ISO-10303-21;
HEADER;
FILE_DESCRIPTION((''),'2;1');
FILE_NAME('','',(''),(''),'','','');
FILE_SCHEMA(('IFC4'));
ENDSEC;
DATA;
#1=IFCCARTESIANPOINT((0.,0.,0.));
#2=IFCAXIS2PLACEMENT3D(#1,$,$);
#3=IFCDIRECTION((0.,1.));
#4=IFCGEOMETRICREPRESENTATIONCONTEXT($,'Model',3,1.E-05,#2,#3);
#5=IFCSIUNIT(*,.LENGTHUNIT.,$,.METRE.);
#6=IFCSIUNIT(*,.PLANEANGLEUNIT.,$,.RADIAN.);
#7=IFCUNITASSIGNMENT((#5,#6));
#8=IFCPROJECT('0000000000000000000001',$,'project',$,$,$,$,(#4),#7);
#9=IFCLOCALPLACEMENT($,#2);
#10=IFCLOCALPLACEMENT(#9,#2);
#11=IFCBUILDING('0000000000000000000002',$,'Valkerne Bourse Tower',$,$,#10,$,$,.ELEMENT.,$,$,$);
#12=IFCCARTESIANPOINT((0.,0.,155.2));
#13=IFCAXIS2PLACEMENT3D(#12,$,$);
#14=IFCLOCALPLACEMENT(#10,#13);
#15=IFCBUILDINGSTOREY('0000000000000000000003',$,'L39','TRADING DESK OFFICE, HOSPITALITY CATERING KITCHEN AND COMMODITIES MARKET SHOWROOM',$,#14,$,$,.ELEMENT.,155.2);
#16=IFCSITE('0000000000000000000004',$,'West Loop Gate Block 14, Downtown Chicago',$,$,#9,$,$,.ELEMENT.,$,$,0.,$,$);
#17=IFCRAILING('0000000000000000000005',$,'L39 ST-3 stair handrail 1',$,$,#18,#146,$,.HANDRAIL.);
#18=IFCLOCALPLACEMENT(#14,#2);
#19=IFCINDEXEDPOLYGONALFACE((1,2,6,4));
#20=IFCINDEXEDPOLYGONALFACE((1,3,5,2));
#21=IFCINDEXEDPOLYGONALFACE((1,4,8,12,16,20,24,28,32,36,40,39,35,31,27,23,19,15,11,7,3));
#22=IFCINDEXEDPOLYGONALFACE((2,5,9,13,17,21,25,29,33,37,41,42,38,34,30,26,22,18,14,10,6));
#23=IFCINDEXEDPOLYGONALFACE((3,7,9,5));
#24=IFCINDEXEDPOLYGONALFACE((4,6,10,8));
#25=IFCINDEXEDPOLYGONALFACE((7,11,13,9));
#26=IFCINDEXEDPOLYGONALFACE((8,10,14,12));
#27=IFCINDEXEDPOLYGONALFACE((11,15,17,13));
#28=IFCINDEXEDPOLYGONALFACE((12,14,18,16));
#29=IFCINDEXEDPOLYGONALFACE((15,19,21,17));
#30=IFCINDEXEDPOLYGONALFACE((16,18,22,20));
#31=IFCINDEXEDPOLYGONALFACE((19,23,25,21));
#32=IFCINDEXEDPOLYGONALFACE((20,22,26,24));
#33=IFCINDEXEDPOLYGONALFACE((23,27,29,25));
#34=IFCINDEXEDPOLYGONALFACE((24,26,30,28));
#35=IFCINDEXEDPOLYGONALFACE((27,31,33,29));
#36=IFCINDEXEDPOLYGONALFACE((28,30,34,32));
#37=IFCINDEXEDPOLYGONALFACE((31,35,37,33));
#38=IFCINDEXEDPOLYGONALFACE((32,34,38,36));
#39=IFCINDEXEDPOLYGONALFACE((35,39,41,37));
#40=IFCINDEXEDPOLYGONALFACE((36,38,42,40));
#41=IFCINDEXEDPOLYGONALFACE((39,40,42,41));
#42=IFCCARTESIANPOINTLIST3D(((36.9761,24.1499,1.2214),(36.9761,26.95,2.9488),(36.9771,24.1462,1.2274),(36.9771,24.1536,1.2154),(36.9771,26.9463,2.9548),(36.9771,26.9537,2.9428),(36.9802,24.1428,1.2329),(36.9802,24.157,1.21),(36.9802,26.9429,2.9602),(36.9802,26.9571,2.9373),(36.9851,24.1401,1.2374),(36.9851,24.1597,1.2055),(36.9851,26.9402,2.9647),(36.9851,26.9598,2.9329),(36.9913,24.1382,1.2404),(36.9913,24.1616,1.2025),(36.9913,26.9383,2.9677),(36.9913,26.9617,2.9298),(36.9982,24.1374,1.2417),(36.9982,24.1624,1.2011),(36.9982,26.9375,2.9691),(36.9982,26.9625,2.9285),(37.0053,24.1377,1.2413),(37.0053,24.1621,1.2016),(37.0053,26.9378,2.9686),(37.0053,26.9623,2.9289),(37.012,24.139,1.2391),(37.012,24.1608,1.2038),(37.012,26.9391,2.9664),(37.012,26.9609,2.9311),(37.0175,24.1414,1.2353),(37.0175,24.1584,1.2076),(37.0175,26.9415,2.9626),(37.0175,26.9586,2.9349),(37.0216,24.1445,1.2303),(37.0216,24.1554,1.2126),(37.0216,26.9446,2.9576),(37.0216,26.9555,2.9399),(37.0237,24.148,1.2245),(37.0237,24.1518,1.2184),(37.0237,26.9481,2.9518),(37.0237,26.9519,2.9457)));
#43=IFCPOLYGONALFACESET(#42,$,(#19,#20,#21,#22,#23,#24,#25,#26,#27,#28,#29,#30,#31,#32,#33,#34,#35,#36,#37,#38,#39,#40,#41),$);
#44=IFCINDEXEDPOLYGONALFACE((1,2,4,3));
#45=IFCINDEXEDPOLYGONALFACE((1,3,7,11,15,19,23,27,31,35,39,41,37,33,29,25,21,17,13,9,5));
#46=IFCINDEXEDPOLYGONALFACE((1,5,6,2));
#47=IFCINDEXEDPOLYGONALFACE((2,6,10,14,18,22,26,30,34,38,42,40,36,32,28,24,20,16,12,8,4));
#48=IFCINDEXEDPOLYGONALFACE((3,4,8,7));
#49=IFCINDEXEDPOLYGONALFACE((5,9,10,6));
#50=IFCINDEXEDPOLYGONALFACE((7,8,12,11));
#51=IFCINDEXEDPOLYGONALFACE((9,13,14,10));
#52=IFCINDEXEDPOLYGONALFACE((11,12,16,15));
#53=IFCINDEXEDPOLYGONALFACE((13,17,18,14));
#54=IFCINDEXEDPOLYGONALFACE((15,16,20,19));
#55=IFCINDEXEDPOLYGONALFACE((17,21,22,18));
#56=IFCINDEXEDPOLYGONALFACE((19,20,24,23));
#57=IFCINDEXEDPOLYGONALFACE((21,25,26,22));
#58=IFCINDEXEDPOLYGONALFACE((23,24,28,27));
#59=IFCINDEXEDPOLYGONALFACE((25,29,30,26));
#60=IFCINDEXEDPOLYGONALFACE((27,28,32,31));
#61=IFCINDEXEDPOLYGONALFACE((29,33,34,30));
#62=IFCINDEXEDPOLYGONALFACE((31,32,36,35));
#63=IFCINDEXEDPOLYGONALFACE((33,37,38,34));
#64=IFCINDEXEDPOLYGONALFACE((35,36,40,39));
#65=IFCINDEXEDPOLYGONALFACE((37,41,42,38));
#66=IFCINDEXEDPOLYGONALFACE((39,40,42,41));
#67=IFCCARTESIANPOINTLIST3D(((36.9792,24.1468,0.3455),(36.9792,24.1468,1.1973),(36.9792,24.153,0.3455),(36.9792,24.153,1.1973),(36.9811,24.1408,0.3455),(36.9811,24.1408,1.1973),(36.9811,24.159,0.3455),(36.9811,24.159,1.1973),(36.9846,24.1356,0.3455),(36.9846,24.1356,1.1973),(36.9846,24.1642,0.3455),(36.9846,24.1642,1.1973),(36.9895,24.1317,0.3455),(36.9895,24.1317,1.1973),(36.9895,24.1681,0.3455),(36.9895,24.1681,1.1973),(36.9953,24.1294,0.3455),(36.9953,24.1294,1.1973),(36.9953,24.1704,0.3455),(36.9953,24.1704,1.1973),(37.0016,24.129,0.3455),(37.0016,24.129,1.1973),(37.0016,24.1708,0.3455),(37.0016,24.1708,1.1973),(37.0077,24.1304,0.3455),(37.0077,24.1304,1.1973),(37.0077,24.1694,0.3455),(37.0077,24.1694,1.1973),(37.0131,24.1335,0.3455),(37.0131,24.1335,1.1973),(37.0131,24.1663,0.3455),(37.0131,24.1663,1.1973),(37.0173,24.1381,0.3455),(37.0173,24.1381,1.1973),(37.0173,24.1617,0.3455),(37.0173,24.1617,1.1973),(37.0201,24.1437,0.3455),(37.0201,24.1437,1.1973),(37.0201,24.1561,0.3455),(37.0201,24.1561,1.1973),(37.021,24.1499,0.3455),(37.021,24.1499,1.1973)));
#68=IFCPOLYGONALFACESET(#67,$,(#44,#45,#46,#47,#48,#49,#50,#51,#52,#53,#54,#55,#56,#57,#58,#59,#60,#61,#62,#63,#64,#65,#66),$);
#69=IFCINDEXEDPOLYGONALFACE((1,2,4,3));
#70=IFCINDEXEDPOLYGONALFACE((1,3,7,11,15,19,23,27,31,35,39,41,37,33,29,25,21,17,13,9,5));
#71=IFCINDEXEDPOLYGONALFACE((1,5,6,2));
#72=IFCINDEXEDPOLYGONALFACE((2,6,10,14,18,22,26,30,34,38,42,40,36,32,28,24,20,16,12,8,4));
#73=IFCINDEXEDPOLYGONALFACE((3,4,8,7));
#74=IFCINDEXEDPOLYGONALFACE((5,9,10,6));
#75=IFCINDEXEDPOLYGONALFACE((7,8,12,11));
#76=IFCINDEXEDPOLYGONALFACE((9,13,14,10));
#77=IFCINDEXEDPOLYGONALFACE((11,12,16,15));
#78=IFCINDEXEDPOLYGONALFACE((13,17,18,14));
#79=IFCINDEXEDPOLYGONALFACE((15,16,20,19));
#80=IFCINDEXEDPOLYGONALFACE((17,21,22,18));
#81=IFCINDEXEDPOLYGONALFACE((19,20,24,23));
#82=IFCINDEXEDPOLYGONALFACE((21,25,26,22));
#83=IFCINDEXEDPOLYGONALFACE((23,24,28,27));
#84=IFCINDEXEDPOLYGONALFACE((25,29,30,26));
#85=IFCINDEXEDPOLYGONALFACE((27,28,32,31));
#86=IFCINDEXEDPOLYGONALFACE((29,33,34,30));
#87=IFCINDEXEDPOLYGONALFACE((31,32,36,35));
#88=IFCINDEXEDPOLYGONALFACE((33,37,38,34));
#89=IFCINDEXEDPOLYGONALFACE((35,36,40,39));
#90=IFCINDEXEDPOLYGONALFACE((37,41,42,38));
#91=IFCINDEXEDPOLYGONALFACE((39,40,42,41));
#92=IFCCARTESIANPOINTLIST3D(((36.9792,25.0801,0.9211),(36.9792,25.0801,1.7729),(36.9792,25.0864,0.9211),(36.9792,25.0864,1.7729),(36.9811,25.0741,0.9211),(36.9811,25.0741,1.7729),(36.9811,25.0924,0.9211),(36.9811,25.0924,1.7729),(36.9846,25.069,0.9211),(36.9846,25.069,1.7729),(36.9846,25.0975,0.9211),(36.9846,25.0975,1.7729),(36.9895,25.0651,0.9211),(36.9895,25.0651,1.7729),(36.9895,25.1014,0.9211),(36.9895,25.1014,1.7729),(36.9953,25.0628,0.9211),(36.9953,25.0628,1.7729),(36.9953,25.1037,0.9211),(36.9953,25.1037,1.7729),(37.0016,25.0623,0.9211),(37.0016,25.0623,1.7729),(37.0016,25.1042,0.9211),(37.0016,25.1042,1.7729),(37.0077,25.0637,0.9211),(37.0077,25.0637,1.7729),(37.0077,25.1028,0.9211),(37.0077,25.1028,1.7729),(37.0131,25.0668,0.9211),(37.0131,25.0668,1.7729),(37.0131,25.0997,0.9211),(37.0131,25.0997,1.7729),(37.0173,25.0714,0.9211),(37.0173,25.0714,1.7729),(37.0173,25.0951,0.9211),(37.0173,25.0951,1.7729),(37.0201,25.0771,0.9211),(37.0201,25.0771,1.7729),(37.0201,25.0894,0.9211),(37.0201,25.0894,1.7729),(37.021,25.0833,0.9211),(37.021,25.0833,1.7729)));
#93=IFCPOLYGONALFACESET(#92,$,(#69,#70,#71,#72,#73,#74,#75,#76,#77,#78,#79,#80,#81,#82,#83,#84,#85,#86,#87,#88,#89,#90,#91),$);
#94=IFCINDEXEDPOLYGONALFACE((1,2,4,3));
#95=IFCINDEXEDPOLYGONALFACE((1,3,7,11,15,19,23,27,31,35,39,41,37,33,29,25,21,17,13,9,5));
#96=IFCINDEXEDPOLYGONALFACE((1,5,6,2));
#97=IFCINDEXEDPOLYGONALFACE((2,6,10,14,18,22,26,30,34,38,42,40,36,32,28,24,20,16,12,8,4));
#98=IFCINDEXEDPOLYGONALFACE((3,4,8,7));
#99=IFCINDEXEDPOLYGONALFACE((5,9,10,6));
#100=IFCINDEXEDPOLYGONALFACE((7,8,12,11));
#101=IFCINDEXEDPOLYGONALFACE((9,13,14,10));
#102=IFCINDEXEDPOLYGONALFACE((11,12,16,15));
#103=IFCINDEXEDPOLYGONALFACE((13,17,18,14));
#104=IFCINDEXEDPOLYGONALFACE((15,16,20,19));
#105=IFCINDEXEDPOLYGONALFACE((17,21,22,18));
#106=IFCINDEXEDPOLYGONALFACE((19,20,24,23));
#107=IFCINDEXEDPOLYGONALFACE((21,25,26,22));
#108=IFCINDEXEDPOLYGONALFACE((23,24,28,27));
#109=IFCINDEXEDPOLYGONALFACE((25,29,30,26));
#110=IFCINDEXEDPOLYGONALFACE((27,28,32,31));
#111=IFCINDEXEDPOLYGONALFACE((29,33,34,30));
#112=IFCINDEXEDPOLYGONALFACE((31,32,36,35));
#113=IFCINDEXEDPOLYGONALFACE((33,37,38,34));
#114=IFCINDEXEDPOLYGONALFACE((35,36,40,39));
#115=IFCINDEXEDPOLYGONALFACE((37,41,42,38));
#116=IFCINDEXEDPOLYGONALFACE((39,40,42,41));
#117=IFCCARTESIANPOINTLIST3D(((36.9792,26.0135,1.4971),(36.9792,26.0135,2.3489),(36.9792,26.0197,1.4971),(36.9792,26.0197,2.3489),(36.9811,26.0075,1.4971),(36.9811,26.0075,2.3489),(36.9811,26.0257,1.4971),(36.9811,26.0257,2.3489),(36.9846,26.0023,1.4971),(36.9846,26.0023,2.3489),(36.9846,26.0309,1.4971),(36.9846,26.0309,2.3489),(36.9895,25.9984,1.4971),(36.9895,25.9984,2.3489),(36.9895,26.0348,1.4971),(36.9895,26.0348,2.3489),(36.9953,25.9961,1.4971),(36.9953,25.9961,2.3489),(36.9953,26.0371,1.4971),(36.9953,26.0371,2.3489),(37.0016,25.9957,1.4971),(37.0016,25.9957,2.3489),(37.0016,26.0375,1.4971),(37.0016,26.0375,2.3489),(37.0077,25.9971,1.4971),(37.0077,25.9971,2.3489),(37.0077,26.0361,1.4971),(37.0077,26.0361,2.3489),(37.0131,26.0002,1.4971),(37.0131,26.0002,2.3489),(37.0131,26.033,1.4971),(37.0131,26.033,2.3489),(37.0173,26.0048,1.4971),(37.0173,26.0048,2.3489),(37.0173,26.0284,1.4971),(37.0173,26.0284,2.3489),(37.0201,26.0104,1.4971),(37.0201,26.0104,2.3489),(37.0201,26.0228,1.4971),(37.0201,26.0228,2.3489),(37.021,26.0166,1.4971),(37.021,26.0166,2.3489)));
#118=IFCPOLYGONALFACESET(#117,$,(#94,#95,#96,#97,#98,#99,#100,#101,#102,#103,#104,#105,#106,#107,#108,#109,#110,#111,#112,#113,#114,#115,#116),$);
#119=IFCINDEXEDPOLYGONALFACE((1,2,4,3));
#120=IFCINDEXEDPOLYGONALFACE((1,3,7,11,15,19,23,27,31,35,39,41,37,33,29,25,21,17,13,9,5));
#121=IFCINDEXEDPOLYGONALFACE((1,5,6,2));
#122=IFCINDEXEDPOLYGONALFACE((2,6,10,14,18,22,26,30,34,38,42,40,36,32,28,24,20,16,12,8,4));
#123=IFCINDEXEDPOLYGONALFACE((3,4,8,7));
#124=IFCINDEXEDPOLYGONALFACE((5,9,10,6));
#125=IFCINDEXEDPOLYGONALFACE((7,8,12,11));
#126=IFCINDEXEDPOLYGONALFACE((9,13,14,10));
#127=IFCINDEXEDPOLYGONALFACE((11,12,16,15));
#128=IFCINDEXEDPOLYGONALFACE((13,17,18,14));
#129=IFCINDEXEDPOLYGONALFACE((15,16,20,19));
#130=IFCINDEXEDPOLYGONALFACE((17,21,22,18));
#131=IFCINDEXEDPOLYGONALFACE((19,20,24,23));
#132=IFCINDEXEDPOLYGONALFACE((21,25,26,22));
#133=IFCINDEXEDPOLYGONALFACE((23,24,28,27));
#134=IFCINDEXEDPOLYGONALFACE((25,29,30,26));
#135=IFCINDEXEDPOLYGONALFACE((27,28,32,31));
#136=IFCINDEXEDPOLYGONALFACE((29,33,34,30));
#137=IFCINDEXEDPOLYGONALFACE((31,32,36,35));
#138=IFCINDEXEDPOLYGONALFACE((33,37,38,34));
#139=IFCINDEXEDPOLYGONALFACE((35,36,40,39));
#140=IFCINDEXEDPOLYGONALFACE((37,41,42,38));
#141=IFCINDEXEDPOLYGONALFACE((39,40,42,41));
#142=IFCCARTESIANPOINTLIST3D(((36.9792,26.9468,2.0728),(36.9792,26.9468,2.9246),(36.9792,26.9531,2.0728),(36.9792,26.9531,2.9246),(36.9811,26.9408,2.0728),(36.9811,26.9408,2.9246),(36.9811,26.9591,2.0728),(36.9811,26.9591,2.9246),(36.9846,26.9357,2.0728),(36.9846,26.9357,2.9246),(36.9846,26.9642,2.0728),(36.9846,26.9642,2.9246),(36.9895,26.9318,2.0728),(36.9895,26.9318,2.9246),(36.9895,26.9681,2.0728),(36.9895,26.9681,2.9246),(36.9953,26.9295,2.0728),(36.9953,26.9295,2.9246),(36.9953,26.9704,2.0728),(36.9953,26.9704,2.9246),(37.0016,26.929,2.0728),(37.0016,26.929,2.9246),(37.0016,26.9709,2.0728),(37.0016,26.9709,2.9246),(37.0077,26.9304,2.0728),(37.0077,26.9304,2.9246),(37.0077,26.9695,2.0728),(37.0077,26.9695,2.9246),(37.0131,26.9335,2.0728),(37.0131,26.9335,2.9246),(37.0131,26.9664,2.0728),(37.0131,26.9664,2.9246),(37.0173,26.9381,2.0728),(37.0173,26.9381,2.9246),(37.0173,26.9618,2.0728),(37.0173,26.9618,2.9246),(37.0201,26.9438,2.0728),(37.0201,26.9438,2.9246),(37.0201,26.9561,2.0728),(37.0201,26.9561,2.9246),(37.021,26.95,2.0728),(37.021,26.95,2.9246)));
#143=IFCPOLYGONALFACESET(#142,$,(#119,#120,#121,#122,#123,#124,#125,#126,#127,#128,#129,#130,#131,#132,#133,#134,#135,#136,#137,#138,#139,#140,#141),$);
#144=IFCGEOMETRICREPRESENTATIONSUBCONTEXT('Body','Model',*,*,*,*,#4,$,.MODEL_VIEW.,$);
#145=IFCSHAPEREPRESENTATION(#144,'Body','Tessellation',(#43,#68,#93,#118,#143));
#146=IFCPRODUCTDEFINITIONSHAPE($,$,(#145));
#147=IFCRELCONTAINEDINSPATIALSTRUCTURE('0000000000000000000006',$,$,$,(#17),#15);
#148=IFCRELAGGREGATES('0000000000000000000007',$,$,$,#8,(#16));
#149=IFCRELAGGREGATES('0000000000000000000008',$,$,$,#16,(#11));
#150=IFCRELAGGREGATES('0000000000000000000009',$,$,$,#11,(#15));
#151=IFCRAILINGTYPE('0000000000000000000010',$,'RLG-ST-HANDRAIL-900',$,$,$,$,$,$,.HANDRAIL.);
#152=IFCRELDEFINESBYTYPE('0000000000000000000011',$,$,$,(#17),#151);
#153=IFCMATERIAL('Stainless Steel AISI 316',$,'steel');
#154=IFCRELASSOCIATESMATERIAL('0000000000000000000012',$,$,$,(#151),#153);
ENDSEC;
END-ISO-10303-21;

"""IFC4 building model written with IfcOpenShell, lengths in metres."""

from ifc_helpers import new_model, si_unit, direction, frame, origin, origin_2d, place, context, subcontext, project, spatial, circle, extrude, material, type_object, element, save


model = new_model("IFC4")

# Units and contexts
model_context = context("Model", 3, precision=1e-05, world=origin(), true_north=direction((0.0, 1.0)))
body_context = subcontext(model_context, "Body", "Model", "MODEL_VIEW")
ifc_project = project(units=[si_unit("LENGTHUNIT", "METRE"), si_unit("PLANEANGLEUNIT", "RADIAN")], contexts=[model_context])

# Site, building, storey
site_placement = place(None, origin())
site = spatial("IfcSite", under=ifc_project, at=site_placement, Name="West Loop Gate Block 14, Downtown Chicago", CompositionType="ELEMENT", RefElevation=0.0)
building_placement = place(site_placement, origin())
building = spatial("IfcBuilding", under=site, at=building_placement, Name="Valkerne Bourse Tower", CompositionType="ELEMENT")
storey_placement = place(building_placement, frame((0.0, 0.0, 155.2)))
storey = spatial("IfcBuildingStorey", under=building, at=storey_placement, Name="L39", Description="TRADING DESK OFFICE, HOSPITALITY CATERING KITCHEN AND COMMODITIES MARKET SHOWROOM", CompositionType="ELEMENT", Elevation=155.2)

# Railing
ifc_material_1 = material(Name="Stainless Steel AISI 316", Category="steel")
railing_type_1 = type_object("IfcRailingType", Name="RLG-ST-HANDRAIL-900", PredefinedType="HANDRAIL", material=ifc_material_1)
railing_1_placement = place(storey_placement, frame((37.0, 24.1499, 0.3455)))
element("IfcRailing", 1, at=railing_1_placement, inside=storey, type_object=railing_type_1, Name="L39 ST-3 stair handrail 1", PredefinedType="HANDRAIL", context=body_context, shape_type="SweptSolid", body=[
    extrude(circle(Radius=0.0239, at=origin_2d()), frame((0.0, 0.0, 0.876), z_axis=(0.0, 0.85109, 0.52502), x_axis=(-1.0, 0.0, 0.0)), (0.0, 0.0, 1.0), 3.29),
    extrude(circle(Radius=0.021, at=origin_2d()), origin(), (0.0, 0.0, 1.0), 0.8518),
    extrude(circle(Radius=0.021, at=origin_2d()), frame((0.0, 0.9333, 0.5757)), (0.0, 0.0, 1.0), 0.8518),
    extrude(circle(Radius=0.021, at=origin_2d()), frame((0.0, 1.8667, 1.1516)), (0.0, 0.0, 1.0), 0.8518),
    extrude(circle(Radius=0.021, at=origin_2d()), frame((0.0, 2.8, 1.7273)), (0.0, 0.0, 1.0), 0.8518),
])

save(model, "model.ifc")
